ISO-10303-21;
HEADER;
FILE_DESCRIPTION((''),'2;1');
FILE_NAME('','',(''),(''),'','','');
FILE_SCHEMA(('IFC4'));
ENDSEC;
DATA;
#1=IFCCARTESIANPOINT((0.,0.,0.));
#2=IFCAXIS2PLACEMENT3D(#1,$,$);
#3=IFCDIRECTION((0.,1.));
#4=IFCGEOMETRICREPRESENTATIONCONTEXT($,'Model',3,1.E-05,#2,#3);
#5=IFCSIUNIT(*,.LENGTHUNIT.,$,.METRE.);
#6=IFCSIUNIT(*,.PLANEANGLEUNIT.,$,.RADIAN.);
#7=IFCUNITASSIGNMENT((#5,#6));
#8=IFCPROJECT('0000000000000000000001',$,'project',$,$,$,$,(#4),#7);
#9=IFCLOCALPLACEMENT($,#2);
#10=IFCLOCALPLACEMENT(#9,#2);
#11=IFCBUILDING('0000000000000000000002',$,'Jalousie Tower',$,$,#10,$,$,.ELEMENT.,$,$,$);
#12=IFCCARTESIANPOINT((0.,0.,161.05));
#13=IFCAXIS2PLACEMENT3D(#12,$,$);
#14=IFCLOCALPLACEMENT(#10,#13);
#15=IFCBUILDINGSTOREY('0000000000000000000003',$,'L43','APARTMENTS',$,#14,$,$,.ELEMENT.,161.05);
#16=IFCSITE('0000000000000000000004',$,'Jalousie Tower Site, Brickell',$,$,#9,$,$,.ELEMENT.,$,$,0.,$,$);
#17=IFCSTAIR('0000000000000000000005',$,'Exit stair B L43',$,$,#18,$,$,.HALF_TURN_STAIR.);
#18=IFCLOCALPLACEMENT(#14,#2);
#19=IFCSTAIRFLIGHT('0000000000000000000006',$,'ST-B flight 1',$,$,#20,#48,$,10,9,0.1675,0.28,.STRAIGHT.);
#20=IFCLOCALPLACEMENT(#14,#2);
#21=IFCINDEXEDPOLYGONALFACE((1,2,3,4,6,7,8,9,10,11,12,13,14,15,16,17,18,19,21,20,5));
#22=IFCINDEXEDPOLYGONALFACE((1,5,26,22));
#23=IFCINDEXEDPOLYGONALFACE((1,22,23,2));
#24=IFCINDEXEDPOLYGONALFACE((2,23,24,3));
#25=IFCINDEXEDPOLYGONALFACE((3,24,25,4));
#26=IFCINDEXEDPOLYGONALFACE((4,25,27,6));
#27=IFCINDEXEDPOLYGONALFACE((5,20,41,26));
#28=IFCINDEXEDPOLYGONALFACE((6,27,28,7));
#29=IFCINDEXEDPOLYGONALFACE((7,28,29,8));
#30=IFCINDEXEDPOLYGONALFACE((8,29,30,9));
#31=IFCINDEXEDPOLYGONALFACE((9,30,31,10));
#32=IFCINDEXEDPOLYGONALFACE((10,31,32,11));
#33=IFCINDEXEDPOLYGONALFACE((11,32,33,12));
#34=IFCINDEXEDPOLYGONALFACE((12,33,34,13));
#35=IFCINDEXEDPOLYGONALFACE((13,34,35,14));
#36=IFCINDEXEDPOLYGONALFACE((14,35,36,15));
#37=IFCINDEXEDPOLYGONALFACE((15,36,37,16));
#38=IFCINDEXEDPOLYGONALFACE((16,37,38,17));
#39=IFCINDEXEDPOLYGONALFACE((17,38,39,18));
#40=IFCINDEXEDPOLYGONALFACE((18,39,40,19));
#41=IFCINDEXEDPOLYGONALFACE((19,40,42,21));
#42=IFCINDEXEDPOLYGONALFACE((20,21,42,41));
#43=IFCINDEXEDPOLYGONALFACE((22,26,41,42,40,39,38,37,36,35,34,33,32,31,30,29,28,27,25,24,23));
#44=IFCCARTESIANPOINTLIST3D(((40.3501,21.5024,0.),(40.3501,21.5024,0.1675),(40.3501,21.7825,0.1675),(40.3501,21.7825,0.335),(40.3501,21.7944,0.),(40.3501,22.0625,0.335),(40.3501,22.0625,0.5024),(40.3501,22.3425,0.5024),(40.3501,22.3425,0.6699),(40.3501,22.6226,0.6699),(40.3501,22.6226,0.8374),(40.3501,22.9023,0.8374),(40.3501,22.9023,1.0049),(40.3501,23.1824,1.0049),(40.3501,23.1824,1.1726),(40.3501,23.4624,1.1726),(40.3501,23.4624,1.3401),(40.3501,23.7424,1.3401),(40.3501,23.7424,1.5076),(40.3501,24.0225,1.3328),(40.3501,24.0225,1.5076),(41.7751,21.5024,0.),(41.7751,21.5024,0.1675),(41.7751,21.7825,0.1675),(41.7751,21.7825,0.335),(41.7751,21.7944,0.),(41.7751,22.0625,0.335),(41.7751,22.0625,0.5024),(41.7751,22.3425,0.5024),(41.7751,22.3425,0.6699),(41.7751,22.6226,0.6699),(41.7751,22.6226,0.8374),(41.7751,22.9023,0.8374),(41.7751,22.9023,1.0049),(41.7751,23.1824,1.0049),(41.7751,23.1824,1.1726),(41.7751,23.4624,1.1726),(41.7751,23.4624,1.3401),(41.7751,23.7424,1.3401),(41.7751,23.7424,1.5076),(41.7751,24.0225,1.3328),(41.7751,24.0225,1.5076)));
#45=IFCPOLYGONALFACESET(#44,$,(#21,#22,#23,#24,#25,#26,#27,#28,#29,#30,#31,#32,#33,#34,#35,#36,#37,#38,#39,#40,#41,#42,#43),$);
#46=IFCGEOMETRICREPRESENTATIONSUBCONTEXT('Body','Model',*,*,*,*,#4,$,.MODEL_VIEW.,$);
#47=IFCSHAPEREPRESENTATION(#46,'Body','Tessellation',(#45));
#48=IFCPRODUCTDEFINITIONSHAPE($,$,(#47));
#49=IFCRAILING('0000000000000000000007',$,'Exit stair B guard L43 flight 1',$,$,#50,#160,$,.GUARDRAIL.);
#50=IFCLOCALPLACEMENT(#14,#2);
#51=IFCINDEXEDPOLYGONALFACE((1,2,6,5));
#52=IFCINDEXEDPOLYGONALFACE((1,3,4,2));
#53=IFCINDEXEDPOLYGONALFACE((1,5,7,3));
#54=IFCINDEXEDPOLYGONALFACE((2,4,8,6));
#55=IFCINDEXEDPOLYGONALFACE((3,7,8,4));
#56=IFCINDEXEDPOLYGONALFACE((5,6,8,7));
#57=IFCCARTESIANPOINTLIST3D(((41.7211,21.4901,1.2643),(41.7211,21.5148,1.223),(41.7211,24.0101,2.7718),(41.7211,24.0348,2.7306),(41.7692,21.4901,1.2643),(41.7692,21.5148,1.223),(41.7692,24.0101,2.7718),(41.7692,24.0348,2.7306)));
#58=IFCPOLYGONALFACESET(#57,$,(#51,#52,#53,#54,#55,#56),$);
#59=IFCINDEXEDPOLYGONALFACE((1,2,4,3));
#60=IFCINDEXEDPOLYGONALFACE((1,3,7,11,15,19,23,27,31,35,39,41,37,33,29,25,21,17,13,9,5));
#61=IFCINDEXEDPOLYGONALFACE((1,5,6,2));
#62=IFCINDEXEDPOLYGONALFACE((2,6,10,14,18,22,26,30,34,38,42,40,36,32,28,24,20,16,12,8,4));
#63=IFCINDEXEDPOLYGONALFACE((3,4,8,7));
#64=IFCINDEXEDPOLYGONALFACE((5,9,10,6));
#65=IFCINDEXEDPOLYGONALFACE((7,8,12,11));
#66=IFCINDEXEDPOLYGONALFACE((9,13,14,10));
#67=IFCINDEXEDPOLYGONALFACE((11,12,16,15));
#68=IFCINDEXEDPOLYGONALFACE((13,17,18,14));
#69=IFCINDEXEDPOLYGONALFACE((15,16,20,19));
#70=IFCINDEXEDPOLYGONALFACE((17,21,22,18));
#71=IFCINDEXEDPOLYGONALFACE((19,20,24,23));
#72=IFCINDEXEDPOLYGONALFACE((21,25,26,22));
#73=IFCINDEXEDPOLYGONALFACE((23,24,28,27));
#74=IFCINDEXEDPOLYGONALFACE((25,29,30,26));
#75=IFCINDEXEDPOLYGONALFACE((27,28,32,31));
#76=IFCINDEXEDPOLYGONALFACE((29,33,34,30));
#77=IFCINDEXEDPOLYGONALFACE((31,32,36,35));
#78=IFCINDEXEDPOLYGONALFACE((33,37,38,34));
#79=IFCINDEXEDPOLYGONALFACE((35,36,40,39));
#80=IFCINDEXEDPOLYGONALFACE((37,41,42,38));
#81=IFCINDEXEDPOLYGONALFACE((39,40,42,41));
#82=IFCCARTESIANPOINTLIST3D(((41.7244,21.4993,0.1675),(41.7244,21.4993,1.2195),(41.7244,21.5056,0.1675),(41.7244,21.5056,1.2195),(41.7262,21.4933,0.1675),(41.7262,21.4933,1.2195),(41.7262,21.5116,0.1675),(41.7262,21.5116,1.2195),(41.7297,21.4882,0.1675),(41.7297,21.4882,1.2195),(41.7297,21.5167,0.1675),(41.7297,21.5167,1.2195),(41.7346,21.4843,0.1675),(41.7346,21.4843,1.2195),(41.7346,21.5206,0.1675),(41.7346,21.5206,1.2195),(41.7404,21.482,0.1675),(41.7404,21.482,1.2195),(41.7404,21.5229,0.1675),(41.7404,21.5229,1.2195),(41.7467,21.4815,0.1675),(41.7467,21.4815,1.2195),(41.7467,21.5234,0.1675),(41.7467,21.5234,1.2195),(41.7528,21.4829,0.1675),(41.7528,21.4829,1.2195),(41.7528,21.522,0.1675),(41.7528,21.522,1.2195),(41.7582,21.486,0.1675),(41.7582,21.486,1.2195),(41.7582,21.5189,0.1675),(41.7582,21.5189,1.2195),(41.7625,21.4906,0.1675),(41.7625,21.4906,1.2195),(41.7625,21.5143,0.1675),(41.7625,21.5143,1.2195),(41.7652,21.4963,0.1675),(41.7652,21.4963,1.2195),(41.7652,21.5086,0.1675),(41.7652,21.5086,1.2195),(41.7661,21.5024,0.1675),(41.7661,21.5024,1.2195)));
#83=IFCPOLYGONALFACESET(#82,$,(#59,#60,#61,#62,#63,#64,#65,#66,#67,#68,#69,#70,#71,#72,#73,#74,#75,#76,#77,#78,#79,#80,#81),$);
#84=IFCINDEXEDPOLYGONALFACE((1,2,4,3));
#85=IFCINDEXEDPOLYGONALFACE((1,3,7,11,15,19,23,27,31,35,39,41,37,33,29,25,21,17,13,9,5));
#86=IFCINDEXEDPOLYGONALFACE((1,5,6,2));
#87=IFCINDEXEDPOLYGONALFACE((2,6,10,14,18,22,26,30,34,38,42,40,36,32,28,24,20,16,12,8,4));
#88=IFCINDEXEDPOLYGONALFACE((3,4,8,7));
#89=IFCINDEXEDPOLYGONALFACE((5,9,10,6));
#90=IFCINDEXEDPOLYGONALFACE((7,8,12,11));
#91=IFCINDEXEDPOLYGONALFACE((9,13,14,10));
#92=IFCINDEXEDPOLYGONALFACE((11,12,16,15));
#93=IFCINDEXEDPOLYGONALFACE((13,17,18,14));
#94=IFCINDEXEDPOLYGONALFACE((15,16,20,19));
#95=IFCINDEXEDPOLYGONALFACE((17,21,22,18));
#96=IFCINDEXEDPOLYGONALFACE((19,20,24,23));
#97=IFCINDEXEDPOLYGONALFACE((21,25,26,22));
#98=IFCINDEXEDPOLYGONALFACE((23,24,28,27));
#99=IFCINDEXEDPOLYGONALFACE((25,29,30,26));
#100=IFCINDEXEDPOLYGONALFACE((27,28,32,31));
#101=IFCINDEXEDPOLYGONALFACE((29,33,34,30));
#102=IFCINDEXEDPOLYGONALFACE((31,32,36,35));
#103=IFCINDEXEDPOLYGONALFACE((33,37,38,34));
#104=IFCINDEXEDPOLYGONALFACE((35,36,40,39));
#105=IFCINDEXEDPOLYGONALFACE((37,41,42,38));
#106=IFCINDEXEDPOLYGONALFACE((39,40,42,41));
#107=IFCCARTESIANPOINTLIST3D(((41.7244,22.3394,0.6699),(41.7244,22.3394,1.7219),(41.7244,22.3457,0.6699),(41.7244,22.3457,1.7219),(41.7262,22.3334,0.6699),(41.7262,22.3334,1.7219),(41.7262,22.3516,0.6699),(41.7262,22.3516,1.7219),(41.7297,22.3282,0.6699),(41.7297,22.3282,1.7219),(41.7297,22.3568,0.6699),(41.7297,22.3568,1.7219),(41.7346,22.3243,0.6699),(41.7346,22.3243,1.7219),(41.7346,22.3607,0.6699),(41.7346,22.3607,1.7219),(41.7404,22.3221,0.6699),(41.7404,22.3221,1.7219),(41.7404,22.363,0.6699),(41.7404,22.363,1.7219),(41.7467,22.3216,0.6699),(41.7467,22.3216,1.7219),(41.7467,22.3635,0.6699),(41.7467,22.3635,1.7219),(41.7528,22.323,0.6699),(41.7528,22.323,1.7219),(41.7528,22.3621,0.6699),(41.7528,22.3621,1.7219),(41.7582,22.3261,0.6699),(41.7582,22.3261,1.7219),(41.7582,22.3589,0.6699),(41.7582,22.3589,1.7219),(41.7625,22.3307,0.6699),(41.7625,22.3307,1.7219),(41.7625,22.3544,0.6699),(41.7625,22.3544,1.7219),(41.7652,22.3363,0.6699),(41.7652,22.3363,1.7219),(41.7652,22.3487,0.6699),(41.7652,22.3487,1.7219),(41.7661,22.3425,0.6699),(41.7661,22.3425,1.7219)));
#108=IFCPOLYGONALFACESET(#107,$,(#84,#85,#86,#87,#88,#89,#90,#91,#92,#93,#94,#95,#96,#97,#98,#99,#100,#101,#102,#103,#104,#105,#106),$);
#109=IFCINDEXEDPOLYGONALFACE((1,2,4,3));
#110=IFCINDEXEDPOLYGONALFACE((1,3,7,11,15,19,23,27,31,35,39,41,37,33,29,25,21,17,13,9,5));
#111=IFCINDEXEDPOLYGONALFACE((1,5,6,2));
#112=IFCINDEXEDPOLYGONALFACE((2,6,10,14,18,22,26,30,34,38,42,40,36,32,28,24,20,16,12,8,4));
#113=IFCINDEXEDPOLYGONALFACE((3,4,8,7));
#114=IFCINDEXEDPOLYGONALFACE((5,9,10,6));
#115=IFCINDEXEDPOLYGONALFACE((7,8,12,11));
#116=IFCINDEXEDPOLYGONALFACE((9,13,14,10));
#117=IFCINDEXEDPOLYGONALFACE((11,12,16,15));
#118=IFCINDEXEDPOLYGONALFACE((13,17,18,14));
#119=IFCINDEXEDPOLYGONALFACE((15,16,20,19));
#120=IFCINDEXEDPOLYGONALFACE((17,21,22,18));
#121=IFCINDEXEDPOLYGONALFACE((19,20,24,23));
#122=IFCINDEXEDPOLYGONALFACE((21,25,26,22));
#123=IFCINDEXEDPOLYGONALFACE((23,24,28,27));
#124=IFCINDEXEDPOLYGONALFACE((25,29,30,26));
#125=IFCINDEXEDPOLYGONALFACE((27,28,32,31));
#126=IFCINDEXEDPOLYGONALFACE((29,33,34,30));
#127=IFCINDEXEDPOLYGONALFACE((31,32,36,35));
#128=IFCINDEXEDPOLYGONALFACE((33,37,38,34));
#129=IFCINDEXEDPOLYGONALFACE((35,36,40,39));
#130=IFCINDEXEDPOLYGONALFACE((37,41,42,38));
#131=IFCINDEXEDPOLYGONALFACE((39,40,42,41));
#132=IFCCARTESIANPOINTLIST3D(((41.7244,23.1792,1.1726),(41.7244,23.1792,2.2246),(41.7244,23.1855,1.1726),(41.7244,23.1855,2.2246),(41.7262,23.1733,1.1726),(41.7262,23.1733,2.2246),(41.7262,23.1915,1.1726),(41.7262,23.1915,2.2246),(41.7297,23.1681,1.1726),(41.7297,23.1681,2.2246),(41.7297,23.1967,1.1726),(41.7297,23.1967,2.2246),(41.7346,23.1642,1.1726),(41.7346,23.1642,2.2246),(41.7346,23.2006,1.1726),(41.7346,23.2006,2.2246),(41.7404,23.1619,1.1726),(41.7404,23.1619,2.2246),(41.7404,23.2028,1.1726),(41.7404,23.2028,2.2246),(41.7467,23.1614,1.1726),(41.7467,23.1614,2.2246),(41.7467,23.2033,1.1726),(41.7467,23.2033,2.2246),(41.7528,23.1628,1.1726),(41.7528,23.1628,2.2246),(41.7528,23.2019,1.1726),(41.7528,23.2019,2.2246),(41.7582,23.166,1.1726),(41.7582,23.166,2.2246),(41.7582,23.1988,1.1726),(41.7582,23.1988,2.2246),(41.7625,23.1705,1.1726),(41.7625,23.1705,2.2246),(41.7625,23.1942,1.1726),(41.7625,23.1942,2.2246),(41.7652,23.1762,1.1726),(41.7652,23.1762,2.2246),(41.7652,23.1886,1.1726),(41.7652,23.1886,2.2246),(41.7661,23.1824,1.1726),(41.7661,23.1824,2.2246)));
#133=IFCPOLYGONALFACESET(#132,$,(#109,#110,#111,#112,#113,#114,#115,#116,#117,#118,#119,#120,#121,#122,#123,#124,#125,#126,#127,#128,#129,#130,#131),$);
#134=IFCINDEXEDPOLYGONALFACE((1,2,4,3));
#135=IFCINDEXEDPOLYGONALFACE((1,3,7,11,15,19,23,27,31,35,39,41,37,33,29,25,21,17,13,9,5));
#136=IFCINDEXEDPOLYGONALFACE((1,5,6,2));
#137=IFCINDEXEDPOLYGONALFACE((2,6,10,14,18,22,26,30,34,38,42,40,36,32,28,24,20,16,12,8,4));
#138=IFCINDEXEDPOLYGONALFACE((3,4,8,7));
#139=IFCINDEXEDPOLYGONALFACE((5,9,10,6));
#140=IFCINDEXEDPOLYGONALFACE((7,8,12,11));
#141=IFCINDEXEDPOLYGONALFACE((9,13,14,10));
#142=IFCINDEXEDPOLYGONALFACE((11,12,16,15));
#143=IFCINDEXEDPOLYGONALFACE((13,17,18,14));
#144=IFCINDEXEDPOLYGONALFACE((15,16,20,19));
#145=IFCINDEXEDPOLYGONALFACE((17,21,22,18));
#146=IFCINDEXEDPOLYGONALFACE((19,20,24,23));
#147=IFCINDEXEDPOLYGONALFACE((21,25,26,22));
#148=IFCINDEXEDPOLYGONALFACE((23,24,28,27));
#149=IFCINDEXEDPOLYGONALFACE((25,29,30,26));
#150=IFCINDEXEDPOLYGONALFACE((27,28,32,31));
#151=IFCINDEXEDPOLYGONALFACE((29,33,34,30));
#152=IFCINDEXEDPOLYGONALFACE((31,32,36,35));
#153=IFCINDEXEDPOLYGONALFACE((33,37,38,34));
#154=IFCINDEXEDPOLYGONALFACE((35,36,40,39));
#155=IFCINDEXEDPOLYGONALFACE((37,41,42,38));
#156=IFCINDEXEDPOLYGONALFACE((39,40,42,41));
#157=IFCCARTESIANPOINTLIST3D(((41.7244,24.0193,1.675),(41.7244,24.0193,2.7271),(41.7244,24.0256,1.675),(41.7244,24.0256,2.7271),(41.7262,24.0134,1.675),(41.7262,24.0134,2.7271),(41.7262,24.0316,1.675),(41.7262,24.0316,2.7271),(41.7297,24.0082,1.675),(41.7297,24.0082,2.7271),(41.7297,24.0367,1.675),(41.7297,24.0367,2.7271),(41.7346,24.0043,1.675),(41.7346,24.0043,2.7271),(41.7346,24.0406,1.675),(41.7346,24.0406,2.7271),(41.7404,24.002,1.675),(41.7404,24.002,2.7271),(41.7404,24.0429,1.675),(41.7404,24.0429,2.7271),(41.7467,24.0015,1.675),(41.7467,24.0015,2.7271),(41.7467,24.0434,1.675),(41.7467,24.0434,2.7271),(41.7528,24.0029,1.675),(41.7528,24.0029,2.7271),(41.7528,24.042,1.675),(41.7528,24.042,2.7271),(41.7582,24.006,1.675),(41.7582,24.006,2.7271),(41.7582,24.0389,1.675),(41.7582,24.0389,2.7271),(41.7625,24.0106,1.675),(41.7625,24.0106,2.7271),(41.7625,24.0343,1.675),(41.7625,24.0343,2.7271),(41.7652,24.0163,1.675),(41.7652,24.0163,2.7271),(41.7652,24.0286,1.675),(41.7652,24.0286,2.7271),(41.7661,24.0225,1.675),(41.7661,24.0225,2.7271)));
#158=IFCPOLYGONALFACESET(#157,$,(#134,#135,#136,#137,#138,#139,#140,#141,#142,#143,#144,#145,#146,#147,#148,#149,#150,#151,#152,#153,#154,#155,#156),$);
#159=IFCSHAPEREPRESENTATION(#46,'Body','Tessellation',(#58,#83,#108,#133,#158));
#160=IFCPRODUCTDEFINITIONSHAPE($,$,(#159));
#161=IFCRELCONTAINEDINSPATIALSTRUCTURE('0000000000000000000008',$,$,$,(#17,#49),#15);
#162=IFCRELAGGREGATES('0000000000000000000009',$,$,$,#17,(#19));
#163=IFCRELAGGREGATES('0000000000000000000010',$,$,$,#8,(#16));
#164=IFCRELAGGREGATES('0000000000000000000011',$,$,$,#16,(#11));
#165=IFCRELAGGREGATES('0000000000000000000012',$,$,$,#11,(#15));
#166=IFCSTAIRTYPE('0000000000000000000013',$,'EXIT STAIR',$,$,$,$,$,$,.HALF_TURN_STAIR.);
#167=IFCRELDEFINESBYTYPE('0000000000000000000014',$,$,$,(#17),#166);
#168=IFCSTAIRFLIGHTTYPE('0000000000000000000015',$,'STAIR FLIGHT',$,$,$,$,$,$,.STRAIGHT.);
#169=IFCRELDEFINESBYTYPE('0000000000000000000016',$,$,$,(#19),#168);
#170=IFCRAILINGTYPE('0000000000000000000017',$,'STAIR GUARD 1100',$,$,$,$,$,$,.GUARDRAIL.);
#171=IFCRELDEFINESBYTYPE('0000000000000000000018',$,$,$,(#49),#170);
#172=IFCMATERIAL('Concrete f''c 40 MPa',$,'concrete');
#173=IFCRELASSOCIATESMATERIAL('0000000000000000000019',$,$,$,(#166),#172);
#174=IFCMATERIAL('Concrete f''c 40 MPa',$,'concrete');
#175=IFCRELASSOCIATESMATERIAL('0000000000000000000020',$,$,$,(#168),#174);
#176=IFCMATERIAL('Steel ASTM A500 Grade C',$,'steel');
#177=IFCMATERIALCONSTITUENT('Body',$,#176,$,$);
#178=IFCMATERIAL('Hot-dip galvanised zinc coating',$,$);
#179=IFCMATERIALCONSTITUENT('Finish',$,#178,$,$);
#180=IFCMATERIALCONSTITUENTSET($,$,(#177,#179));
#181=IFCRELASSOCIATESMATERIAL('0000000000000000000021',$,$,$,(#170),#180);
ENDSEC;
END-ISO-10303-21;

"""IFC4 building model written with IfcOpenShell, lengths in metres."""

from ifc_helpers import new_model, si_unit, direction, frame, origin, origin_2d, place, context, subcontext, project, spatial, polyline, rectangle, circle, outline, extrude, material, constituent, constituent_set, type_object, element, aggregate, save


model = new_model("IFC4")

# Units and contexts
model_context = context("Model", 3, precision=1e-05, world=origin(), true_north=direction((0.0, 1.0)))
body_context = subcontext(model_context, "Body", "Model", "MODEL_VIEW")
ifc_project = project(units=[si_unit("LENGTHUNIT", "METRE"), si_unit("PLANEANGLEUNIT", "RADIAN")], contexts=[model_context])

# Site, building, storey
site_placement = place(None, origin())
site = spatial("IfcSite", under=ifc_project, at=site_placement, Name="Jalousie Tower Site, Brickell", CompositionType="ELEMENT", RefElevation=0.0)
building_placement = place(site_placement, origin())
building = spatial("IfcBuilding", under=site, at=building_placement, Name="Jalousie Tower", CompositionType="ELEMENT")
storey_placement = place(building_placement, frame((0.0, 0.0, 161.05)))
storey = spatial("IfcBuildingStorey", under=building, at=storey_placement, Name="L43", Description="APARTMENTS", CompositionType="ELEMENT", Elevation=161.05)

# Stair, stair flight
ifc_material_1 = material(Name="Concrete f'c 40 MPa", Category="concrete")
stair_type = type_object("IfcStairType", Name="EXIT STAIR", PredefinedType="HALF_TURN_STAIR", material=ifc_material_1)
stair_placement = place(storey_placement, origin())
stair = element("IfcStair", 1, at=stair_placement, inside=storey, type_object=stair_type, Name="Exit stair B L43", PredefinedType="HALF_TURN_STAIR")
ifc_material_2 = material(Name="Concrete f'c 40 MPa", Category="concrete")
stair_flight_type = type_object("IfcStairFlightType", Name="STAIR FLIGHT", PredefinedType="STRAIGHT", material=ifc_material_2)
stair_flight_placement = place(storey_placement, frame((41.0625, 21.5024, 0.0), z_axis=(0.0, 0.0, 1.0), x_axis=(0.0, 1.0, 0.0)))
stair_flight = element("IfcStairFlight", 2, at=stair_flight_placement, type_object=stair_flight_type, Name="ST-B flight 1", NumberOfRisers=10, NumberOfTreads=9, PredefinedType="STRAIGHT", RiserHeight=0.1675, TreadLength=0.28, context=body_context, shape_type="SweptSolid", body=[
    extrude(outline(polyline([(0.0, 0.0), (0.0, 0.1675), (0.28, 0.1675), (0.28, 0.335), (0.5601, 0.335), (0.5601, 0.5024), (0.8401, 0.5024), (0.8401, 0.6699), (1.1201, 0.6699), (1.1201, 0.8374), (1.3999, 0.8374), (1.3999, 1.0049), (1.6799, 1.0049), (1.6799, 1.1726), (1.96, 1.1726), (1.96, 1.3401), (2.24, 1.3401), (2.24, 1.5076), (2.52, 1.5076), (2.52, 1.675), (2.52, 1.3328), (0.292, 0.0), (0.0, 0.0)])), frame((0.0, 0.7124, 0.0), z_axis=(0.0, -1.0, 0.0), x_axis=(1.0, 0.0, 0.0)), (0.0, 0.0, 1.0), 1.425),
])
aggregate(stair, [stair_flight])

# Railing
ifc_material_3 = material(Name="Steel ASTM A500 Grade C", Category="steel")
ifc_constituent_1 = constituent(ifc_material_3, Name="Body")
ifc_material_4 = material(Name="Hot-dip galvanised zinc coating")
ifc_constituent_2 = constituent(ifc_material_4, Name="Finish")
ifc_constituent_set_1 = constituent_set(constituents=[ifc_constituent_1, ifc_constituent_2])
railing_type_1 = type_object("IfcRailingType", Name="STAIR GUARD 1100", PredefinedType="GUARDRAIL", material=ifc_constituent_set_1)
railing_1_placement = place(storey_placement, frame((41.7451, 21.5024, 0.1675)))
element("IfcRailing", 3, at=railing_1_placement, inside=storey, type_object=railing_type_1, Name="Exit stair B guard L43 flight 1", PredefinedType="GUARDRAIL", context=body_context, shape_type="SweptSolid", body=[
    extrude(rectangle(XDim=0.0481, YDim=0.0481, at=origin_2d()), frame((0.0, 0.0, 1.0762), z_axis=(0.0, 0.85816, 0.513383), x_axis=(-1.0, 0.0, 0.0)), (0.0, 0.0, 1.0), 2.9365),
    extrude(circle(Radius=0.021, at=origin_2d()), origin(), (0.0, 0.0, 1.0), 1.052),
    extrude(circle(Radius=0.021, at=origin_2d()), frame((0.0, 0.8401, 0.5024)), (0.0, 0.0, 1.0), 1.052),
    extrude(circle(Radius=0.021, at=origin_2d()), frame((0.0, 1.6799, 1.0051)), (0.0, 0.0, 1.0), 1.052),
    extrude(circle(Radius=0.021, at=origin_2d()), frame((0.0, 2.52, 1.5076)), (0.0, 0.0, 1.0), 1.052),
])

save(model, "model.ifc")
